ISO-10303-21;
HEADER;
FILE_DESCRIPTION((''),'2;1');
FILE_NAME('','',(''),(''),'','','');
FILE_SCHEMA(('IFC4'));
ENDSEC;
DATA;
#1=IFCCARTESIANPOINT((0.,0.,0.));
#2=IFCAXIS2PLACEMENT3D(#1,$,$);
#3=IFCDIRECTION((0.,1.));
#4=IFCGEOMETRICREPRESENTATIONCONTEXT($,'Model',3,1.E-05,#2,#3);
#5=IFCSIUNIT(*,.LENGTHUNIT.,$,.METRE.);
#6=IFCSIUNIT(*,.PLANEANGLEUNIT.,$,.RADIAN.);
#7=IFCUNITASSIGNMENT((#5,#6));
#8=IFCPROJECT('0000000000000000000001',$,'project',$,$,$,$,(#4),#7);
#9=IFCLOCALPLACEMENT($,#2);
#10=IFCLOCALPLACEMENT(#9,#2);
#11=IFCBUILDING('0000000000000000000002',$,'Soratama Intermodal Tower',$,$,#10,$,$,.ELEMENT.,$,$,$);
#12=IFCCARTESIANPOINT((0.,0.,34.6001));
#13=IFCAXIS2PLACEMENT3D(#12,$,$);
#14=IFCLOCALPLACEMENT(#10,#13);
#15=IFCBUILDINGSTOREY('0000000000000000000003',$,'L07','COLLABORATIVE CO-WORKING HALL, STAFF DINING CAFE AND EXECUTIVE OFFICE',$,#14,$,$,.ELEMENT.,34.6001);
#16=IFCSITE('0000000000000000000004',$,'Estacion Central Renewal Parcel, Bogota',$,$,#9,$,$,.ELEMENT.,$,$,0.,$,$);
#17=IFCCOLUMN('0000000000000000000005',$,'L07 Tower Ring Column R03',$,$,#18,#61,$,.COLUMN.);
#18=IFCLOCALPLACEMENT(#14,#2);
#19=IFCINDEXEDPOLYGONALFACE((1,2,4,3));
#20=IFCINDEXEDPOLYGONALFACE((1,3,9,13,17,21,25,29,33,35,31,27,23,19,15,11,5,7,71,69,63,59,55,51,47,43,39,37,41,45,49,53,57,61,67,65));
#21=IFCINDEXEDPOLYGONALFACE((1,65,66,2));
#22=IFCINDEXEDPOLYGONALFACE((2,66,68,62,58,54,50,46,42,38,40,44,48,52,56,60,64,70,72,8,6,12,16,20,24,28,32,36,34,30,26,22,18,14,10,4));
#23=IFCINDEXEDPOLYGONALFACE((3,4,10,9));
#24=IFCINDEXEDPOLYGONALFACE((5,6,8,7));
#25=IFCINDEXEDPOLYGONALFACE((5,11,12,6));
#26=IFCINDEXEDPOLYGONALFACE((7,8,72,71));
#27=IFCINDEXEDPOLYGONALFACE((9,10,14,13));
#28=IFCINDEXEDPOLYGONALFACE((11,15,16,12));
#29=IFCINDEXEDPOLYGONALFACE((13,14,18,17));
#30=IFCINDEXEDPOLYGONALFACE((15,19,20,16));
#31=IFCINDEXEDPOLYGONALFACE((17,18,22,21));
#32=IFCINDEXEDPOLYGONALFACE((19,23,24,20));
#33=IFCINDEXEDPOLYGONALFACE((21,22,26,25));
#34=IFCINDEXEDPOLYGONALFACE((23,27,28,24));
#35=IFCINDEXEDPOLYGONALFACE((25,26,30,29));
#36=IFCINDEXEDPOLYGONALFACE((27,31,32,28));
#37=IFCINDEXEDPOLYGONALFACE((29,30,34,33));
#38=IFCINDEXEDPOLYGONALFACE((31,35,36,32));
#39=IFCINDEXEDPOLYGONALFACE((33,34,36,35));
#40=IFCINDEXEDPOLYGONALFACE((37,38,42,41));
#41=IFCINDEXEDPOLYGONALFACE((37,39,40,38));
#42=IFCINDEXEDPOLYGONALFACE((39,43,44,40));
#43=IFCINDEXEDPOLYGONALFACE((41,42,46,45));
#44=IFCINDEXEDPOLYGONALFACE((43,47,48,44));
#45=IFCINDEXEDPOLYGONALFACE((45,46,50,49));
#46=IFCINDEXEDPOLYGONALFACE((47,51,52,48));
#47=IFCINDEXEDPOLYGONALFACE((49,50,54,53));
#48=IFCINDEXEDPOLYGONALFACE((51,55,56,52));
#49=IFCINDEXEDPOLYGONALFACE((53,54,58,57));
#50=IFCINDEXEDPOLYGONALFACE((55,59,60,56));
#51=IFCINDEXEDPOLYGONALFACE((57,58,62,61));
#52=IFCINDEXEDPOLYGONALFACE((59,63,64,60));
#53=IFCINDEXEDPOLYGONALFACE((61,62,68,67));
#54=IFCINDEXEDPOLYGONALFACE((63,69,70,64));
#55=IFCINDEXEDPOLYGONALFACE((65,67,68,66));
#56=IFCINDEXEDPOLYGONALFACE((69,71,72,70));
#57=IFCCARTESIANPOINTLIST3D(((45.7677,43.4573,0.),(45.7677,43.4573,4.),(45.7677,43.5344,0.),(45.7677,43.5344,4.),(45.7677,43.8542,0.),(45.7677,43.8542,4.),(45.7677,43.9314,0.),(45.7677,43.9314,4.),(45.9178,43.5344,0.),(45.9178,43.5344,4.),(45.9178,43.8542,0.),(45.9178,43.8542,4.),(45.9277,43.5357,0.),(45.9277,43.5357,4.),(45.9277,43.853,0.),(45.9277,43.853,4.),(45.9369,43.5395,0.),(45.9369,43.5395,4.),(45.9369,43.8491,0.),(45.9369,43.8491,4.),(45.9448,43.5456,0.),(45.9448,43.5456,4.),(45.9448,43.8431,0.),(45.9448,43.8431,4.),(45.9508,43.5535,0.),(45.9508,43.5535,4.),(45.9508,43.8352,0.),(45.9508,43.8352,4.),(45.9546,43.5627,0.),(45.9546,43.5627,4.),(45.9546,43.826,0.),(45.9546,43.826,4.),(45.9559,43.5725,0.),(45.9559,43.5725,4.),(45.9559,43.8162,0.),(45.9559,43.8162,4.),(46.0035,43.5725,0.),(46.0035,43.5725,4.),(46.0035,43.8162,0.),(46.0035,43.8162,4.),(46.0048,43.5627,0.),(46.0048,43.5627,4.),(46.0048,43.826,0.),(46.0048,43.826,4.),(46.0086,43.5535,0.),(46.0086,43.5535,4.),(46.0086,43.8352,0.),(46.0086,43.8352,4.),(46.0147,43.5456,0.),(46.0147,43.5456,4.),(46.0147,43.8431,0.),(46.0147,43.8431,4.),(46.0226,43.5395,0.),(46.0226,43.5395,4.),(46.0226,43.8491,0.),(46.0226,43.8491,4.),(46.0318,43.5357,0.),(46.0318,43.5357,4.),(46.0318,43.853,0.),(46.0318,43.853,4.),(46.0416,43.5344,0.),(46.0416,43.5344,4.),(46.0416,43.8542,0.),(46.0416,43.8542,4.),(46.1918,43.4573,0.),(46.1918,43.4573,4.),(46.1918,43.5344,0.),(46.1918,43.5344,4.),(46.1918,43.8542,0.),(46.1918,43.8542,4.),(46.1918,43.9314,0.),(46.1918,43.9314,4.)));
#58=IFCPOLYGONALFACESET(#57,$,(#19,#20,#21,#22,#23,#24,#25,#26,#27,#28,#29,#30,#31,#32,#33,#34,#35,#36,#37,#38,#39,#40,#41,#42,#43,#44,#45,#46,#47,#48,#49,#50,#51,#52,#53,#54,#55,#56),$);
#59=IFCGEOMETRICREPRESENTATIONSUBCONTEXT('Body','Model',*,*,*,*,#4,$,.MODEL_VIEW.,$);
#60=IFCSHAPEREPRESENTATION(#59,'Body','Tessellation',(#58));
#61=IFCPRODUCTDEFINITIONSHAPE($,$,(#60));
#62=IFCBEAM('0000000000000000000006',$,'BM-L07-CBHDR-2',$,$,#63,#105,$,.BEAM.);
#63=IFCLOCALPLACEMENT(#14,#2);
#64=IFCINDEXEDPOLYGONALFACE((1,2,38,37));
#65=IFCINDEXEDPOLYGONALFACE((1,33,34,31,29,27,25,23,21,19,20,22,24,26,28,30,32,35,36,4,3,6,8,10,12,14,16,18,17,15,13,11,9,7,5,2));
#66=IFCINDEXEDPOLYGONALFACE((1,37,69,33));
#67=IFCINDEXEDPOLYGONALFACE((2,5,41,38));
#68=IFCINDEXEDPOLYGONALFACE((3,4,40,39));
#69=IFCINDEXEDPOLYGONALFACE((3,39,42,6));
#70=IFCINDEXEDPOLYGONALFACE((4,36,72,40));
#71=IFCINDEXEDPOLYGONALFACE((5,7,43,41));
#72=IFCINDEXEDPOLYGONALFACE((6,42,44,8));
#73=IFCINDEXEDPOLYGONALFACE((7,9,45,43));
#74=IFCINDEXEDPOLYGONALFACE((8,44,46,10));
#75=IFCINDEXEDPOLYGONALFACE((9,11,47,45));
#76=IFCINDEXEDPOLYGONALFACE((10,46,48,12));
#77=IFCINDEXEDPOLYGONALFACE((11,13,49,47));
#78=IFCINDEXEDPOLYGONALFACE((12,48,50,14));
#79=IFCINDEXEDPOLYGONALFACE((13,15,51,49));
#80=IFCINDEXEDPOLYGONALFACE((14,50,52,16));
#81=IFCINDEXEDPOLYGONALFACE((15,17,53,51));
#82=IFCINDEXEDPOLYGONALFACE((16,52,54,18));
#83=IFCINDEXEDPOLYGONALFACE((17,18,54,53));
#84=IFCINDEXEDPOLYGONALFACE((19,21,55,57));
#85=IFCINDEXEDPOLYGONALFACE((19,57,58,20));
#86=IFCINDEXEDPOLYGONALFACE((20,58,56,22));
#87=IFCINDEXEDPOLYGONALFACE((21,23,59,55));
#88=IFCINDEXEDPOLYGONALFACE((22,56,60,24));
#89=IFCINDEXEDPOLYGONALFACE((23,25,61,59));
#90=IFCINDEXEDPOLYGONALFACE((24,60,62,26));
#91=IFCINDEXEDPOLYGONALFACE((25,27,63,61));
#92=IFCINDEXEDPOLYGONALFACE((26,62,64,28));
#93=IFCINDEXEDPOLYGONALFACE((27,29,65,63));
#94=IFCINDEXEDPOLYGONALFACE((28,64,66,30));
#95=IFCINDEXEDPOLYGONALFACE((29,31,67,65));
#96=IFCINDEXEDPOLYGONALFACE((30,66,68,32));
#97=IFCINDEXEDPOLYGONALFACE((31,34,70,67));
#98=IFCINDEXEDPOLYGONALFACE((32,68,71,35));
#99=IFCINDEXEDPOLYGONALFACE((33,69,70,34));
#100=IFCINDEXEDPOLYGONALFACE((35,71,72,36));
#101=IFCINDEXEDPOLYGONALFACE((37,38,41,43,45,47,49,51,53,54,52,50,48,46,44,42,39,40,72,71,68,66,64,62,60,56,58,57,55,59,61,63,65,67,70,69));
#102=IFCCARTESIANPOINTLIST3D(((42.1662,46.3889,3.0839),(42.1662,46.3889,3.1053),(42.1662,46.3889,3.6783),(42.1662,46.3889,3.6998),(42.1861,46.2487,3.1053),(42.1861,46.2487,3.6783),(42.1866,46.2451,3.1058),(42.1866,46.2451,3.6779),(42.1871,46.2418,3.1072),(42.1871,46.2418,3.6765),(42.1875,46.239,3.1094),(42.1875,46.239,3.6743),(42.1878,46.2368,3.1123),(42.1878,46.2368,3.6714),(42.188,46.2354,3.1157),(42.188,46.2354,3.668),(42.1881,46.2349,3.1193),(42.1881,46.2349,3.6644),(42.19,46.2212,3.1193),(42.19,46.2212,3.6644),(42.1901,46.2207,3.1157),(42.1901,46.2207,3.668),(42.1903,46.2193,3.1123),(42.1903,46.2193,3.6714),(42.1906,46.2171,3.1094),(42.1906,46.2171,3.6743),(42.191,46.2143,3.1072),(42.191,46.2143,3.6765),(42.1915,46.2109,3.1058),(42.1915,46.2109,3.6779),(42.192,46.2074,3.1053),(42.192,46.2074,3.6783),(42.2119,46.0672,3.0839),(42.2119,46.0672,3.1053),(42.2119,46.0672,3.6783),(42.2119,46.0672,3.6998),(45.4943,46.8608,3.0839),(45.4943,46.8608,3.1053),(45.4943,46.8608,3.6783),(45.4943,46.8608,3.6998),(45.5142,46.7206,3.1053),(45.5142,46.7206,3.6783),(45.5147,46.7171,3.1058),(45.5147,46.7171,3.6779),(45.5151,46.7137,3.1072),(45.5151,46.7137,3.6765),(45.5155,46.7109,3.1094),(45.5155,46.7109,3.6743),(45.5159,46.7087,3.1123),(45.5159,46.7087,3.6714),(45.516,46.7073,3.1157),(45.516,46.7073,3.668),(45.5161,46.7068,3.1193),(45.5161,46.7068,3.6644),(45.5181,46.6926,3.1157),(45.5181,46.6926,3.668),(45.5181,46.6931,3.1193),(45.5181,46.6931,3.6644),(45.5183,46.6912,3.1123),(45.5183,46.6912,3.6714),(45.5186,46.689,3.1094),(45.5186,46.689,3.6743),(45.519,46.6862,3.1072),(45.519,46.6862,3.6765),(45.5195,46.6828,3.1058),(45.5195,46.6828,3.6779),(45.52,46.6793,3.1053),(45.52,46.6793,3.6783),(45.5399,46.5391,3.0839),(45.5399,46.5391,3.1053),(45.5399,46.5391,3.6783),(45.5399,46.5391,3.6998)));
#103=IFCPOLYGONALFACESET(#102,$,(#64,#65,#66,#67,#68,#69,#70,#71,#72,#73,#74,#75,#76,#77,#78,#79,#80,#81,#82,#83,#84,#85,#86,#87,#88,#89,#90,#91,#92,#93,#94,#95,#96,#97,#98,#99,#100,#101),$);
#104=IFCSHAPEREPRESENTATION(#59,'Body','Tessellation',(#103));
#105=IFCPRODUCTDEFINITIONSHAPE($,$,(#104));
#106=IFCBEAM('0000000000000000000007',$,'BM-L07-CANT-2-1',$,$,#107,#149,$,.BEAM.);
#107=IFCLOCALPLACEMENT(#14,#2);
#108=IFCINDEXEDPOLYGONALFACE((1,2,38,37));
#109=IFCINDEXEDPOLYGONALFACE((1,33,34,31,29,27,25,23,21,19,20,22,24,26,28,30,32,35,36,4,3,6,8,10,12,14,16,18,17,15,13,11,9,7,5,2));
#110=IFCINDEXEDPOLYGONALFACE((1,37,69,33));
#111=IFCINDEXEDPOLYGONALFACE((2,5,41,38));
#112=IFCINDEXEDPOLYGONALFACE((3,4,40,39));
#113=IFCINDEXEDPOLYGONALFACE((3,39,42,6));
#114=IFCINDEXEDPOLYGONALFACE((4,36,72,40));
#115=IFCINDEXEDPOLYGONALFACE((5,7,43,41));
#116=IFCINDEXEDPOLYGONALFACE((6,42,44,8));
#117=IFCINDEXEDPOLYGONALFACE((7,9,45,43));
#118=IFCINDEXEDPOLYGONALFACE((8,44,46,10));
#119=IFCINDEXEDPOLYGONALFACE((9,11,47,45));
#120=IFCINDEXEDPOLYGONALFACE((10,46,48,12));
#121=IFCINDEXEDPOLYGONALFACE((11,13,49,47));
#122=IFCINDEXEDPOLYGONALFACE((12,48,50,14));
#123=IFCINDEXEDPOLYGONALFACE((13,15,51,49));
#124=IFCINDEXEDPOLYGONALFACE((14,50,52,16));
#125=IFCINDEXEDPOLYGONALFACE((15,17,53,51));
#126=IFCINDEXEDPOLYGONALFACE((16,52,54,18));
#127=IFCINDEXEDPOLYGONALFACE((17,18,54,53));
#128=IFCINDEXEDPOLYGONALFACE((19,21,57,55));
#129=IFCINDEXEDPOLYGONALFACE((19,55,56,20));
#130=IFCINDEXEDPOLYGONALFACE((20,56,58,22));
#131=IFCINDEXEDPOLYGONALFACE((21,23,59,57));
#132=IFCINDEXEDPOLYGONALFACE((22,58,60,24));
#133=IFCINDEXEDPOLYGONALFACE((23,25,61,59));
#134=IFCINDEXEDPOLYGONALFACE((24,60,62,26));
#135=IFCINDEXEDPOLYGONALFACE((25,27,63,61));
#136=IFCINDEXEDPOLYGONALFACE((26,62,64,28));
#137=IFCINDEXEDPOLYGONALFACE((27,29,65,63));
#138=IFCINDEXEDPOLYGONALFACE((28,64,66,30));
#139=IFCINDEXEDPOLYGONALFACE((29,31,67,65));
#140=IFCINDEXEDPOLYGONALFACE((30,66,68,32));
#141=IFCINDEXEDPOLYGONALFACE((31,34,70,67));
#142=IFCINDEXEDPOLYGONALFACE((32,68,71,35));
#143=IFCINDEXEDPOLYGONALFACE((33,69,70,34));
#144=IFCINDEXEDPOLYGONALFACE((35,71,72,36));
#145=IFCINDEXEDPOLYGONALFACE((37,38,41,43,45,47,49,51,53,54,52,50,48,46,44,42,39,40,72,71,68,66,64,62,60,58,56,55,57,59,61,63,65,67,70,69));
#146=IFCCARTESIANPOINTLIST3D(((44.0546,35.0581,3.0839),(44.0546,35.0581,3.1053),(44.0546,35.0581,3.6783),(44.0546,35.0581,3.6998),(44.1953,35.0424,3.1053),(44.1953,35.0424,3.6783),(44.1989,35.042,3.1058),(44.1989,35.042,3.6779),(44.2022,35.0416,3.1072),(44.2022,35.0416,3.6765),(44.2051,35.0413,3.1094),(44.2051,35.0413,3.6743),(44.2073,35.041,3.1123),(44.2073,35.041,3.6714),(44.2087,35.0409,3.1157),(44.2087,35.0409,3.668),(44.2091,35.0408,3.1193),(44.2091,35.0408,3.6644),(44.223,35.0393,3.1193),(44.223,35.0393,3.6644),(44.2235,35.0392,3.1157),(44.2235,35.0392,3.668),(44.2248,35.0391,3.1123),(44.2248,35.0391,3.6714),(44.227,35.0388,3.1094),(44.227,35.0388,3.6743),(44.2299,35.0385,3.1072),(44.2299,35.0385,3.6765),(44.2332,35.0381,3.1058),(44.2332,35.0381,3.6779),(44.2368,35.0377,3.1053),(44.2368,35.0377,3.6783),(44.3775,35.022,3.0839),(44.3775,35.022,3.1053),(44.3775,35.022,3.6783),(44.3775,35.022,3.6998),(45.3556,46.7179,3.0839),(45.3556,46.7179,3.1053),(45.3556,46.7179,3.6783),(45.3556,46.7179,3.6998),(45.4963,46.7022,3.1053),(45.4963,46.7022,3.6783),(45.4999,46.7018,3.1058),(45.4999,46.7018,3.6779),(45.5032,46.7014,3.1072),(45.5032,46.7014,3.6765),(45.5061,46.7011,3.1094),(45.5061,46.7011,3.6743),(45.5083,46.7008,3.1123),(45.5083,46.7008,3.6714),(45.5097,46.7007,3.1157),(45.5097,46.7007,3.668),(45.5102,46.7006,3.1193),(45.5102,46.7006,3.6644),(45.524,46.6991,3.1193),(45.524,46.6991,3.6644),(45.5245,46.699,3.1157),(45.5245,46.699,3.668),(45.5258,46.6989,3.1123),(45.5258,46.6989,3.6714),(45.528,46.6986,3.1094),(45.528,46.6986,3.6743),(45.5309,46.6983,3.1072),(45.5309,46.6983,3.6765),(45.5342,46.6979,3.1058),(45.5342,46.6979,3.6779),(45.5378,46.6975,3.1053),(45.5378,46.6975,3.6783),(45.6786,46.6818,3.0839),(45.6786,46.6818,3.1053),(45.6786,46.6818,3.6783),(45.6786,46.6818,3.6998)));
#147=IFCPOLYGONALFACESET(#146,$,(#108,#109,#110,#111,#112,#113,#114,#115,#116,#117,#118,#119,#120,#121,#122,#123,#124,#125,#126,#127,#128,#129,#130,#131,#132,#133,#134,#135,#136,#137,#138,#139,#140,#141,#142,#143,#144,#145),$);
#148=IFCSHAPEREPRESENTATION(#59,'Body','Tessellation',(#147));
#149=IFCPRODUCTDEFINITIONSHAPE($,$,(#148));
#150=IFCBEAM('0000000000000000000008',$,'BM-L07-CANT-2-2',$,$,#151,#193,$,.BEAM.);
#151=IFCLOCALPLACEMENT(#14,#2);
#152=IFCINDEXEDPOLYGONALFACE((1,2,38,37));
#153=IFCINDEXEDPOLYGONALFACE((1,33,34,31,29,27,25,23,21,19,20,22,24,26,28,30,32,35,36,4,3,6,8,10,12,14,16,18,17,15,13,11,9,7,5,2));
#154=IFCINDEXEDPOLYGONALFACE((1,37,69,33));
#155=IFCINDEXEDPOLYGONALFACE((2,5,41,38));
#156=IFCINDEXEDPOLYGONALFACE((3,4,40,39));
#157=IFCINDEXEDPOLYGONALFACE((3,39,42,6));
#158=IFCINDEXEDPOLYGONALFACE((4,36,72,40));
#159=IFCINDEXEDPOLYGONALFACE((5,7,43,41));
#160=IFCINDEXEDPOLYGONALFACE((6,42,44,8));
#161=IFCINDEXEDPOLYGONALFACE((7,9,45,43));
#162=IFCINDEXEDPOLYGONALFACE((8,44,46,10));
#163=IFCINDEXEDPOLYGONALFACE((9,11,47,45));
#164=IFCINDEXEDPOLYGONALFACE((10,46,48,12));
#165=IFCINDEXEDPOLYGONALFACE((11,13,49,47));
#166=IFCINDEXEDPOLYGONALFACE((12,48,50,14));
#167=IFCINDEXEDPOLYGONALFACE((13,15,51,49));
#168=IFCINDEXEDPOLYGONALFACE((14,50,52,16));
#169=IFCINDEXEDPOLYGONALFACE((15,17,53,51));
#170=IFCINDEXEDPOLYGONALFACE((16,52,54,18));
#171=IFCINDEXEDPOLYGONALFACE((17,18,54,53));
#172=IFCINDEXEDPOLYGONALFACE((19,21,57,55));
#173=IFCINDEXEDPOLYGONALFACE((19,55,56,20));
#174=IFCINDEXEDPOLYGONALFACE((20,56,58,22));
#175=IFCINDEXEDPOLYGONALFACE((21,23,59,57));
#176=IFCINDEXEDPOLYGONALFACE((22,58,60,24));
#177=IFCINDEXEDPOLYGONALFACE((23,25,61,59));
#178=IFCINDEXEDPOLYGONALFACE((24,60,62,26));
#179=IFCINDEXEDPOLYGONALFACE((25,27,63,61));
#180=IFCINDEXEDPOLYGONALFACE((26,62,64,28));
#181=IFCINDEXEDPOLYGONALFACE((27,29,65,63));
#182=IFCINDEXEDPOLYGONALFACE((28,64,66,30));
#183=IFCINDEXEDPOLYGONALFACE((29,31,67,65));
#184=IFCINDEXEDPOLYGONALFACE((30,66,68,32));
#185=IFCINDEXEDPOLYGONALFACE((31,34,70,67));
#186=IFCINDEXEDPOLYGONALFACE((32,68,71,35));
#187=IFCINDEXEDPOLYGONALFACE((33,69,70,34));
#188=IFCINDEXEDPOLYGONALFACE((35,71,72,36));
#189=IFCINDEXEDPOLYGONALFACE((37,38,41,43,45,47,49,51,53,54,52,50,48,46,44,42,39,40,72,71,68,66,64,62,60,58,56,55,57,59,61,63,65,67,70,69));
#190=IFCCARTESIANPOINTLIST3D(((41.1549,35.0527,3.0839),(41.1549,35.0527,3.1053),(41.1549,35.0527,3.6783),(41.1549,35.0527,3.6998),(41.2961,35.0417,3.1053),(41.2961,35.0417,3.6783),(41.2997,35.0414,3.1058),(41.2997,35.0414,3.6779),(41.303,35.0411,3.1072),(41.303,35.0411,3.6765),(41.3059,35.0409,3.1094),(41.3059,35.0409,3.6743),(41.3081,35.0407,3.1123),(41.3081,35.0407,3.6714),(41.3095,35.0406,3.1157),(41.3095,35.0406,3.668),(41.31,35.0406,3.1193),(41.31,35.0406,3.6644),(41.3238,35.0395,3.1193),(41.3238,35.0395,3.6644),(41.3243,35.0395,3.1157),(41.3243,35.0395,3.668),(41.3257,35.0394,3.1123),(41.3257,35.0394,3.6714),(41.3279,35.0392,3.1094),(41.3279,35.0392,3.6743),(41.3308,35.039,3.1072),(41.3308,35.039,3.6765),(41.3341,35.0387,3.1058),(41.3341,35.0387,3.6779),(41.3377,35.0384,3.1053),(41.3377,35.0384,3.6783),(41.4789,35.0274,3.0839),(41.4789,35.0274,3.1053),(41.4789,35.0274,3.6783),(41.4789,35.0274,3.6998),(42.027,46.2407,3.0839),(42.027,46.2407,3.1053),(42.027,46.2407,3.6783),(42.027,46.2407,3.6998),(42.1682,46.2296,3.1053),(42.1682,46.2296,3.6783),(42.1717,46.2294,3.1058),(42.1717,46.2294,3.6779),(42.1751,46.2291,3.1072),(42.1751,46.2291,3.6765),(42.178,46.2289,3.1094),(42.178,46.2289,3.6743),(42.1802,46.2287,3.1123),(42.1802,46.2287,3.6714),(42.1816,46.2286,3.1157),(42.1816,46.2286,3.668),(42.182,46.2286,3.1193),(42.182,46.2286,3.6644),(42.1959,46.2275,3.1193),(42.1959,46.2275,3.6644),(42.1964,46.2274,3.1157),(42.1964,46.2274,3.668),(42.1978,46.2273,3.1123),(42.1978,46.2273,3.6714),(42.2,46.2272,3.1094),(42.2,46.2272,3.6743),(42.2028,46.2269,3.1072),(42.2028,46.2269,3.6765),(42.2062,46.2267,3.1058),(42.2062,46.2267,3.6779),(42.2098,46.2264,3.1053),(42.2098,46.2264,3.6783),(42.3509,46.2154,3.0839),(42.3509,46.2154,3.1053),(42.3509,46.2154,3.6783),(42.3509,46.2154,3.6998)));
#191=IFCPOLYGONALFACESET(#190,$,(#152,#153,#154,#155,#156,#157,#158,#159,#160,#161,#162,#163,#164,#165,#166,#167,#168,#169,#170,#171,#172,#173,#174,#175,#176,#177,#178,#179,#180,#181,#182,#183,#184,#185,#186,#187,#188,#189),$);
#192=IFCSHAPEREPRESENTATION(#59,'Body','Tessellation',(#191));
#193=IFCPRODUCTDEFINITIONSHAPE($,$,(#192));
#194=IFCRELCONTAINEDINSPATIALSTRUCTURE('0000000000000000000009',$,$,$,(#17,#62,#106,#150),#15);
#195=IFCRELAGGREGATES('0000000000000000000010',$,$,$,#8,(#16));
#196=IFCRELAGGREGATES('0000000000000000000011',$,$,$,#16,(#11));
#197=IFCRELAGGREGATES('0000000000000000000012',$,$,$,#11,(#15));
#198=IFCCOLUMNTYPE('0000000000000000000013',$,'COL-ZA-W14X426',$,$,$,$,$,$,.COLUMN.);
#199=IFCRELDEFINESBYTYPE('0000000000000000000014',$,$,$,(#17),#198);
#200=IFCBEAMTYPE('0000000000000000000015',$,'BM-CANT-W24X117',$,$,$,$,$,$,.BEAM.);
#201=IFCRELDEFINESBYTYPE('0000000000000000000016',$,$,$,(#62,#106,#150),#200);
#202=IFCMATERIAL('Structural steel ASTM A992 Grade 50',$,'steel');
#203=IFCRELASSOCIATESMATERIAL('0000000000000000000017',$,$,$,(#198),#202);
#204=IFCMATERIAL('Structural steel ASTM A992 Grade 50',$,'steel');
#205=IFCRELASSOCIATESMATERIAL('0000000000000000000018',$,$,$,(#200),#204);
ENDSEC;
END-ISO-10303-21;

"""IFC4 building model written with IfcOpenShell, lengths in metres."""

from ifc_helpers import new_model, si_unit, direction, frame, origin, origin_2d, place, context, subcontext, project, spatial, i_section, extrude, material, material_profile, profile_set, type_object, element, save


model = new_model("IFC4")

# Units and contexts
model_context = context("Model", 3, precision=1e-05, world=origin(), true_north=direction((0.0, 1.0)))
body_context = subcontext(model_context, "Body", "Model", "MODEL_VIEW")
ifc_project = project(units=[si_unit("LENGTHUNIT", "METRE"), si_unit("PLANEANGLEUNIT", "RADIAN")], contexts=[model_context])

# Site, building, storey
site_placement = place(None, origin())
site = spatial("IfcSite", under=ifc_project, at=site_placement, Name="Estacion Central Renewal Parcel, Bogota", CompositionType="ELEMENT", RefElevation=0.0)
building_placement = place(site_placement, origin())
building = spatial("IfcBuilding", under=site, at=building_placement, Name="Soratama Intermodal Tower", CompositionType="ELEMENT")
storey_placement = place(building_placement, frame((0.0, 0.0, 34.6001)))
storey = spatial("IfcBuildingStorey", under=building, at=storey_placement, Name="L07", Description="COLLABORATIVE CO-WORKING HALL, STAFF DINING CAFE AND EXECUTIVE OFFICE", CompositionType="ELEMENT", Elevation=34.6001)

# Column
ifc_material_1 = material(Name="Structural steel ASTM A992 Grade 50", Category="steel")
ifc_material_profile_1 = material_profile(ifc_material_1, i_section(OverallWidth=0.4241, OverallDepth=0.4741, WebThickness=0.0476, FlangeThickness=0.0771, FilletRadius=0.0381, at=origin_2d()), Name="W14X426")
ifc_profile_set_1 = profile_set([ifc_material_profile_1], Name="Structural steel ASTM A992 Grade 50")
column_type = type_object("IfcColumnType", Name="COL-ZA-W14X426", PredefinedType="COLUMN", material=ifc_profile_set_1)
column_placement = place(storey_placement, frame((45.9797, 43.6943, 0.0), z_axis=(0.0, 0.0, 1.0), x_axis=(1.0, 0.0, 0.0)))
element("IfcColumn", 1, at=column_placement, inside=storey, type_object=column_type, Name="L07 Tower Ring Column R03", PredefinedType="COLUMN", context=body_context, shape_type="SweptSolid", body=[
    extrude(i_section(OverallWidth=0.4241, OverallDepth=0.4741, WebThickness=0.0476, FlangeThickness=0.0771, FilletRadius=0.0381, at=origin_2d()), origin(), (0.0, 0.0, 1.0), 4.0),
])

# Beams
ifc_material_2 = material(Name="Structural steel ASTM A992 Grade 50", Category="steel")
ifc_material_profile_2 = material_profile(ifc_material_2, i_section(OverallWidth=0.325, OverallDepth=0.616, WebThickness=0.0139, FlangeThickness=0.0215, FilletRadius=0.0139, at=origin_2d()), Name="W24X117")
ifc_profile_set_2 = profile_set([ifc_material_profile_2], Name="Structural steel ASTM A992 Grade 50")
beam_type_1 = type_object("IfcBeamType", Name="BM-CANT-W24X117", PredefinedType="BEAM", material=ifc_profile_set_2)
beam_1_placement = place(storey_placement, frame((45.5171, 46.7, 3.3918), z_axis=(-0.990096, -0.140394, 0.0), x_axis=(0.140394, -0.990096, 0.0)))
element("IfcBeam", 2, at=beam_1_placement, inside=storey, type_object=beam_type_1, Name="BM-L07-CBHDR-2", PredefinedType="BEAM", context=body_context, shape_type="SweptSolid", body=[
    extrude(i_section(OverallWidth=0.325, OverallDepth=0.616, WebThickness=0.0139, FlangeThickness=0.0215, FilletRadius=0.0139, at=origin_2d()), origin(), (0.0, 0.0, 1.0), 3.3613),
])
beam_2_placement = place(storey_placement, frame((44.2161, 35.04, 3.3918), z_axis=(0.110893, 0.993832, 0.0), x_axis=(-0.993832, 0.110893, 0.0)))
element("IfcBeam", 3, at=beam_2_placement, inside=storey, type_object=beam_type_1, Name="BM-L07-CANT-2-1", PredefinedType="BEAM", context=body_context, shape_type="SweptSolid", body=[
    extrude(i_section(OverallWidth=0.325, OverallDepth=0.616, WebThickness=0.0139, FlangeThickness=0.0215, FilletRadius=0.0139, at=origin_2d()), origin(), (0.0, 0.0, 1.0), 11.7322),
])
beam_3_placement = place(storey_placement, frame((41.3169, 35.04, 3.3918), z_axis=(0.077711, 0.996976, 0.0), x_axis=(-0.996976, 0.077711, 0.0)))
element("IfcBeam", 4, at=beam_3_placement, inside=storey, type_object=beam_type_1, Name="BM-L07-CANT-2-2", PredefinedType="BEAM", context=body_context, shape_type="SweptSolid", body=[
    extrude(i_section(OverallWidth=0.325, OverallDepth=0.616, WebThickness=0.0139, FlangeThickness=0.0215, FilletRadius=0.0139, at=origin_2d()), origin(), (0.0, 0.0, 1.0), 11.2219),
])

save(model, "model.ifc")
